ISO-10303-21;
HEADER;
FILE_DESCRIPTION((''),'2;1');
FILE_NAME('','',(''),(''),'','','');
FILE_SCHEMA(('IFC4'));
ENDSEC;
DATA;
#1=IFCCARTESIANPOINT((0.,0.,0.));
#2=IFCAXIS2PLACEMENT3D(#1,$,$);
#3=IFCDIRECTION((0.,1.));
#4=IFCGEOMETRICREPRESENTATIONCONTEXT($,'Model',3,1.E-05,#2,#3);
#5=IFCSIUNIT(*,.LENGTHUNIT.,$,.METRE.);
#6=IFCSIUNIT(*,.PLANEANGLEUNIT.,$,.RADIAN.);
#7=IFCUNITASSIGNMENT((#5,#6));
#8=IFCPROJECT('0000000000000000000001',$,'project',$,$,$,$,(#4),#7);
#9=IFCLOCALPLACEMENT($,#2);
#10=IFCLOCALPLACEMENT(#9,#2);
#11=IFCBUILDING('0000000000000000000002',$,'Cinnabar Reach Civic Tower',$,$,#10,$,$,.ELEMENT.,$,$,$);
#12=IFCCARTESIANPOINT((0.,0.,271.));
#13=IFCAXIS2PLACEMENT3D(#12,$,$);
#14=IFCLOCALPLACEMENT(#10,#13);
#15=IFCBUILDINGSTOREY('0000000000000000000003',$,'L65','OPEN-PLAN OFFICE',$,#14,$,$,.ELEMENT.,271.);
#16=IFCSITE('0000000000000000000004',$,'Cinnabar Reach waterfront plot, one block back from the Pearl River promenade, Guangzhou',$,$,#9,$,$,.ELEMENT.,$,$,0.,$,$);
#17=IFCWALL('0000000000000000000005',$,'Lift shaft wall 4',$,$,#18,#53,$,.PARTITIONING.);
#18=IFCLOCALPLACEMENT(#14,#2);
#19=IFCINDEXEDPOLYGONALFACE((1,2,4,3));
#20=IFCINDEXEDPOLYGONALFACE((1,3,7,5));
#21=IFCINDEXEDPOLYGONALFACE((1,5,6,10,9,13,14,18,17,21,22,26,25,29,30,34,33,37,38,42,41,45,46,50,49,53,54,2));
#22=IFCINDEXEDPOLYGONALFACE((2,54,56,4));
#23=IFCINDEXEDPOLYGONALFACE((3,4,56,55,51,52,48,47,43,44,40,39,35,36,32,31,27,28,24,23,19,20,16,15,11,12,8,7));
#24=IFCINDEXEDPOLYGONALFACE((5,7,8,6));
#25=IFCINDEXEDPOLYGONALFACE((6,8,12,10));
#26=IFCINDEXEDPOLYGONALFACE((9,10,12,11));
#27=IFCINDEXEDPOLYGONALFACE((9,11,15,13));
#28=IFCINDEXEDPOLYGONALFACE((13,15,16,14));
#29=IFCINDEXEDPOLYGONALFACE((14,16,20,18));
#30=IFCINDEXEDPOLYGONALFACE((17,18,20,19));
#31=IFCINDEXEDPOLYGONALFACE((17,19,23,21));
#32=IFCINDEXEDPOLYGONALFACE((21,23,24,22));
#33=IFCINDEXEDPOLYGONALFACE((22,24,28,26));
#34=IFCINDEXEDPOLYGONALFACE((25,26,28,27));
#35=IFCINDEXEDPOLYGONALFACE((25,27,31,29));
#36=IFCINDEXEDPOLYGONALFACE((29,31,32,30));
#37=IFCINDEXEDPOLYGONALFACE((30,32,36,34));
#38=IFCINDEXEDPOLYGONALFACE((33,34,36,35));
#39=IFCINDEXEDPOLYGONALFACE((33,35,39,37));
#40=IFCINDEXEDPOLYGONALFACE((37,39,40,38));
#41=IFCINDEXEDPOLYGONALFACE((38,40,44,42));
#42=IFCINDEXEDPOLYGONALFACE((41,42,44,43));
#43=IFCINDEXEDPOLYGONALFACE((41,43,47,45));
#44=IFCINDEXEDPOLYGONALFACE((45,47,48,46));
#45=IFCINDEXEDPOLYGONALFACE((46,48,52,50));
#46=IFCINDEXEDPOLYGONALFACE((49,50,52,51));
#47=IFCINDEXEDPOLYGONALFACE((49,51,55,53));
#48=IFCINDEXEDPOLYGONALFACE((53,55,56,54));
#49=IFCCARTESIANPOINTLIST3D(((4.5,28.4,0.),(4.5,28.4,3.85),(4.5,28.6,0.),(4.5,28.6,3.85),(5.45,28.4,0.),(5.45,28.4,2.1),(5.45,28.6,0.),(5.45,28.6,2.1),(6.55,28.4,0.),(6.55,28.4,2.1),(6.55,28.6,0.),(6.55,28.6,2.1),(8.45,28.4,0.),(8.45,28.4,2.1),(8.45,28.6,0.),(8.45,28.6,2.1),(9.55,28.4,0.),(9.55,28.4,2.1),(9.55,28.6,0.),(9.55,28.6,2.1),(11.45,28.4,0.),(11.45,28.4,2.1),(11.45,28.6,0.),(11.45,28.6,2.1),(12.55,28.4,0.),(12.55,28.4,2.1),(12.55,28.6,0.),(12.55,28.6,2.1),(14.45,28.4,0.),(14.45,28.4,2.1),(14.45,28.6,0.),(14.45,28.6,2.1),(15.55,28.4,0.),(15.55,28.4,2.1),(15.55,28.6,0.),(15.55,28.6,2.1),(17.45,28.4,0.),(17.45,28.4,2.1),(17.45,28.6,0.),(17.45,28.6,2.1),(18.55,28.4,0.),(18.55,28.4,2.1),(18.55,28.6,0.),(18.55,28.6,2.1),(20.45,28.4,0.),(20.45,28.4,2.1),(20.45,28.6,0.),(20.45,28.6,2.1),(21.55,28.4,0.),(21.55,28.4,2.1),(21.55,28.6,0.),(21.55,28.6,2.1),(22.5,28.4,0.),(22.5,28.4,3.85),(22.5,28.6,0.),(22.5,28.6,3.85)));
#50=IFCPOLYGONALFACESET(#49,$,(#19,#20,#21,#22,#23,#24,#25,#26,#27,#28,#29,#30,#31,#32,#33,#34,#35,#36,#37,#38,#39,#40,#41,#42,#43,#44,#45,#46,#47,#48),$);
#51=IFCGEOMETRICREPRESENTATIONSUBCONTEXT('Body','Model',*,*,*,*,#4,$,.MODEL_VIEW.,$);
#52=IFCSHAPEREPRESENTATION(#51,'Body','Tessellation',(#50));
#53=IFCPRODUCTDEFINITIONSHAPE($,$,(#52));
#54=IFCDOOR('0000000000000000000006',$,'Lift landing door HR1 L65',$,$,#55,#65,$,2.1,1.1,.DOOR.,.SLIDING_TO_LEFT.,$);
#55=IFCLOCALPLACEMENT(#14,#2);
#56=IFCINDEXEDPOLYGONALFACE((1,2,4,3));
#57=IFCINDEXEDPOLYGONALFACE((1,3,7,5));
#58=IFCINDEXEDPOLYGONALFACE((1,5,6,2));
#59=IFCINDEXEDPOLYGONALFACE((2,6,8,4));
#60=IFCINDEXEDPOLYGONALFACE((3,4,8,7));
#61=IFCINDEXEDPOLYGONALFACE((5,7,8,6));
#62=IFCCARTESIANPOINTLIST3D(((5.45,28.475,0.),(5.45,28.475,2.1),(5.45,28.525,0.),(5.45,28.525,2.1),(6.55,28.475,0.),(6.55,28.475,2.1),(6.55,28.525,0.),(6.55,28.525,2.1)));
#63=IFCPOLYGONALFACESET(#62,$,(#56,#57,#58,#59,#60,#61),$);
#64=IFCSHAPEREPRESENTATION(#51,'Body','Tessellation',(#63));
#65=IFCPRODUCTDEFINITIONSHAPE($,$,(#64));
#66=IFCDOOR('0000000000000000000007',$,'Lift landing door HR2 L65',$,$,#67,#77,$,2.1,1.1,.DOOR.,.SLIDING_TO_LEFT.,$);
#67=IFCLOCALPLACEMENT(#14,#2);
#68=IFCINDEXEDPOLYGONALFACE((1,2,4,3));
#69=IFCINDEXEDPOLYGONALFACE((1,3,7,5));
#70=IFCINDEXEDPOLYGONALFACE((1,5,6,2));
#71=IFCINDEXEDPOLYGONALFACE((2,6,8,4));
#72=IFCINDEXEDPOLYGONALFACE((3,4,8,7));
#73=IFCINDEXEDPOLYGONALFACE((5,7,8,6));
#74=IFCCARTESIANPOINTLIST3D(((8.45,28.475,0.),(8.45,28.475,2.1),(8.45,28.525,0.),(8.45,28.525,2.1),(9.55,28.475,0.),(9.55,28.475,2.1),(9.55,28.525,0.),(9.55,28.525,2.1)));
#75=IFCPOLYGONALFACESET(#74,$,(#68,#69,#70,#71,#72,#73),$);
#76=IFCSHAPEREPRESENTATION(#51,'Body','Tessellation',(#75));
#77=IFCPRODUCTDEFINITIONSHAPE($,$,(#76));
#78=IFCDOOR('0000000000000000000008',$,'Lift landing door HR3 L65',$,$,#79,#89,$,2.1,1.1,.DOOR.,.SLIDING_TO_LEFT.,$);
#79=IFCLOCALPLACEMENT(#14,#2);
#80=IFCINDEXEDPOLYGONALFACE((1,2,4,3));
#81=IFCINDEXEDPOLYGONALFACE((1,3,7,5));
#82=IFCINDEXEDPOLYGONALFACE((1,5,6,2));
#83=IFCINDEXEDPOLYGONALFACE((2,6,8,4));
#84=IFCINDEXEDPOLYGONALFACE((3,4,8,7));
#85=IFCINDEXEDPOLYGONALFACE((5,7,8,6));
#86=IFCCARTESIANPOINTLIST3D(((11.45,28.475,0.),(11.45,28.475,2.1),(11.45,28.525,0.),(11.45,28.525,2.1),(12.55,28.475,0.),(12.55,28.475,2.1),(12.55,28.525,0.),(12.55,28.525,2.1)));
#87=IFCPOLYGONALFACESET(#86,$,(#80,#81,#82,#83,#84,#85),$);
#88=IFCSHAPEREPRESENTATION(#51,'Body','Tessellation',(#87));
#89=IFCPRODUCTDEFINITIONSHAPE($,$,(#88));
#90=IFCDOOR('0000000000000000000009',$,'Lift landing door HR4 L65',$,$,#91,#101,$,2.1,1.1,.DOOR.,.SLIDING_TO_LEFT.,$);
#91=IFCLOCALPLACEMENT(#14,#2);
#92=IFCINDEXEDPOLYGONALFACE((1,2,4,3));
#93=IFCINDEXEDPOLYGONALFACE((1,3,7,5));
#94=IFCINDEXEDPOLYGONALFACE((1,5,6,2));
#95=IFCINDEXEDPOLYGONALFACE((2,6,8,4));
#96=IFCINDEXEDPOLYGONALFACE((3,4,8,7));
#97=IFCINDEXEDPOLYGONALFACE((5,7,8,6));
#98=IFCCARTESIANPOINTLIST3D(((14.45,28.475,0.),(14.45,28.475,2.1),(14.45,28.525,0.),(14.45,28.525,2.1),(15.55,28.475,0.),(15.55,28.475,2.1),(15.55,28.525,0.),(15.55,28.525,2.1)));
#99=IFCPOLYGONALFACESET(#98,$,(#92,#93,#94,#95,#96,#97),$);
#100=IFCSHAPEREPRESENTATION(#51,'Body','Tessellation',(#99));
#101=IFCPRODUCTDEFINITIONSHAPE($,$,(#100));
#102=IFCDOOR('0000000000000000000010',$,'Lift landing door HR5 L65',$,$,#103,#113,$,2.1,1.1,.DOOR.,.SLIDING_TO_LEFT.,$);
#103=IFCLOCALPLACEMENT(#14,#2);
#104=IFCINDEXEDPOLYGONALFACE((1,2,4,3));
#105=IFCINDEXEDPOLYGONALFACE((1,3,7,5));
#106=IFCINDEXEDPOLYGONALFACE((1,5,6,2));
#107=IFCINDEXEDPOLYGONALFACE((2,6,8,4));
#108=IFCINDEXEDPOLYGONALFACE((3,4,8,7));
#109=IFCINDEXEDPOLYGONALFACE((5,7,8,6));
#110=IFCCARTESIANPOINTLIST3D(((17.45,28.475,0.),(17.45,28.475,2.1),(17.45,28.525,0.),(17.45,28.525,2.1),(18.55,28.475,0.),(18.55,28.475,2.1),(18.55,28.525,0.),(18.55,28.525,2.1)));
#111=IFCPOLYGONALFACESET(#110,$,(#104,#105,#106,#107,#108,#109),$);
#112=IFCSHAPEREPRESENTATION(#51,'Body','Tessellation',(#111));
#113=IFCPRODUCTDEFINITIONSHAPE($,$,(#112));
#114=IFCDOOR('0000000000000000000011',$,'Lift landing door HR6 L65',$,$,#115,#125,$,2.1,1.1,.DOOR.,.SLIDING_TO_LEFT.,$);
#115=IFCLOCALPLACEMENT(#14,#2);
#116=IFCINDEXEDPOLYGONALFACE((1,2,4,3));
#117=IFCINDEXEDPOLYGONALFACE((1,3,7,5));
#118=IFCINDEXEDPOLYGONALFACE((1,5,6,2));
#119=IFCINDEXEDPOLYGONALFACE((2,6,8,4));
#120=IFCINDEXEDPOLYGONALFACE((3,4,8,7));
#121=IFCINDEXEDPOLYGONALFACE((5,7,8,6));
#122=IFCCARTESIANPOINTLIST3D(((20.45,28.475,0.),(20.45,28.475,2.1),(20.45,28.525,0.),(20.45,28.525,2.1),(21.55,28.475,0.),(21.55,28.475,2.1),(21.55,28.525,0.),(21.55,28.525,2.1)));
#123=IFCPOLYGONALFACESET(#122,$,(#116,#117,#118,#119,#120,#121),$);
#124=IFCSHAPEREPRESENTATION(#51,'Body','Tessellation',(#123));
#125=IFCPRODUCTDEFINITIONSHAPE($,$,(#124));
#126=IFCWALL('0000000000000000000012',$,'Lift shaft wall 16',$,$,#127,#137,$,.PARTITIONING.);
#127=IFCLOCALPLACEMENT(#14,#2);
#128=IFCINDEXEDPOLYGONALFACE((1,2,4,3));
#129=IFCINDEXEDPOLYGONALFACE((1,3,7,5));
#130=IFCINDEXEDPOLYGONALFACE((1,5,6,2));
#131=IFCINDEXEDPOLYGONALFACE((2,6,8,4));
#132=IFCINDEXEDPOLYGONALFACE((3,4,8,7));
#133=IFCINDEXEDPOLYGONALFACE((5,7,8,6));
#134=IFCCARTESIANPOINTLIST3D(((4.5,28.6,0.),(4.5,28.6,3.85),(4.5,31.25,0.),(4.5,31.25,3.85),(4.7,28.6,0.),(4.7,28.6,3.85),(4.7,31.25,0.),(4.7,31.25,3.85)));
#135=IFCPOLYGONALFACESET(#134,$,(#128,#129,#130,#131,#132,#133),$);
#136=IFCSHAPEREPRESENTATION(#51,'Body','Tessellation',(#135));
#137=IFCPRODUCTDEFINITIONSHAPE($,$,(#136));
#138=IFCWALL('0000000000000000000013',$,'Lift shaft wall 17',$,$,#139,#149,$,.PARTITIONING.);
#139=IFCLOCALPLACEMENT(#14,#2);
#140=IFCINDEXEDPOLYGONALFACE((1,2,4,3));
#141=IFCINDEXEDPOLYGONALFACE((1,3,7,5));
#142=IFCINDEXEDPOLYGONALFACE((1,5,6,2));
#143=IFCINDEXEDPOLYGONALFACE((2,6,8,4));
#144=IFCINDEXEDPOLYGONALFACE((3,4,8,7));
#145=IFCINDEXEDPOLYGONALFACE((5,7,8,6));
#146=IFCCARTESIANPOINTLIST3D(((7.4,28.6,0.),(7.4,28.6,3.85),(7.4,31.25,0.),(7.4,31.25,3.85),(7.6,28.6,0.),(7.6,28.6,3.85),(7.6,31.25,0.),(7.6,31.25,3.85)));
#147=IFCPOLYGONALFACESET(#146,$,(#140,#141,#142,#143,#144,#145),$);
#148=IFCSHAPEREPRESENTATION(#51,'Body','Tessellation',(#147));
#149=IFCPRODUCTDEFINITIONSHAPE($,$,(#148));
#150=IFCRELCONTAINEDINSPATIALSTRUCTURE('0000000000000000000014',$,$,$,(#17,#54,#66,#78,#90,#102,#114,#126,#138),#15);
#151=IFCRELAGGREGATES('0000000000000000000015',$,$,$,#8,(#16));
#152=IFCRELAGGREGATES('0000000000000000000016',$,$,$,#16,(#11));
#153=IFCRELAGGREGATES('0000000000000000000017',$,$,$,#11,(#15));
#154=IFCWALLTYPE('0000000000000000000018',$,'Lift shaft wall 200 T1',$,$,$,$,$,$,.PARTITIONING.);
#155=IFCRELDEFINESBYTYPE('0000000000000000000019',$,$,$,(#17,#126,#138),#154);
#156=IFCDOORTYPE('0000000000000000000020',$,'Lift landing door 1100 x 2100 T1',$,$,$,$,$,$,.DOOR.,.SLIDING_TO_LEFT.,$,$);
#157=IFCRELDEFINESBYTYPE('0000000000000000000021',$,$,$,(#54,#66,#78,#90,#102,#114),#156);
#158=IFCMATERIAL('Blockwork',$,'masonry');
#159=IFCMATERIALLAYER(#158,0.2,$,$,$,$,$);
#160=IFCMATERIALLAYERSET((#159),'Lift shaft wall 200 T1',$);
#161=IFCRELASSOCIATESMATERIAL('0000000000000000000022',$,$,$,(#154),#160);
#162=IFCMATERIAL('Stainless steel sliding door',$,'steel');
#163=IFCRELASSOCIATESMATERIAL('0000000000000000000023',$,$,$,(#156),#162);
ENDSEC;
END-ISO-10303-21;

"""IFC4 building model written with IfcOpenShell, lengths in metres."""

from ifc_helpers import new_model, si_unit, direction, frame, frame_2d, origin, place, context, subcontext, project, spatial, rectangle, extrude, material, layer, layer_set, type_object, element, fill, save


model = new_model("IFC4")

# Units and contexts
model_context = context("Model", 3, precision=1e-05, world=origin(), true_north=direction((0.0, 1.0)))
body_context = subcontext(model_context, "Body", "Model", "MODEL_VIEW")
ifc_project = project(units=[si_unit("LENGTHUNIT", "METRE"), si_unit("PLANEANGLEUNIT", "RADIAN")], contexts=[model_context])

# Site, building, storey
site_placement = place(None, origin())
site = spatial("IfcSite", under=ifc_project, at=site_placement, Name="Cinnabar Reach waterfront plot, one block back from the Pearl River promenade, Guangzhou", CompositionType="ELEMENT", RefElevation=0.0)
building_placement = place(site_placement, origin())
building = spatial("IfcBuilding", under=site, at=building_placement, Name="Cinnabar Reach Civic Tower", CompositionType="ELEMENT")
storey_placement = place(building_placement, frame((0.0, 0.0, 271.0)))
storey = spatial("IfcBuildingStorey", under=building, at=storey_placement, Name="L65", Description="OPEN-PLAN OFFICE", CompositionType="ELEMENT", Elevation=271.0)

# Wall, openings, doors
ifc_material_1 = material(Name="Blockwork", Category="masonry")
ifc_layer_1 = layer(ifc_material_1, 0.2)
ifc_layer_set_1 = layer_set([ifc_layer_1], Name="Lift shaft wall 200 T1")
wall_type_1 = type_object("IfcWallType", Name="Lift shaft wall 200 T1", PredefinedType="PARTITIONING", material=ifc_layer_set_1)
wall_1_placement = place(storey_placement, frame((4.5, 28.5, 0.0), z_axis=(0.0, 0.0, 1.0), x_axis=(1.0, 0.0, 0.0)))
wall_1 = element("IfcWall", 1, at=wall_1_placement, inside=storey, type_object=wall_type_1, Name="Lift shaft wall 4", PredefinedType="PARTITIONING", context=body_context, shape_type="SweptSolid", body=[
    extrude(rectangle(XDim=18.0, YDim=0.2, at=frame_2d((9.0, 0.0))), origin(), (0.0, 0.0, 1.0), 3.85),
])
opening_1_placement = place(wall_1_placement, frame((0.95, 0.0, 0.0)))
opening_1 = element("IfcOpeningElement", 2, at=opening_1_placement, cuts=wall_1, PredefinedType="OPENING", context=body_context, shape_type="SweptSolid", body=[
    extrude(rectangle(XDim=1.1, YDim=2.1, at=frame_2d((0.55, 1.05))), frame((0.0, 0.11, 0.0), z_axis=(0.0, -1.0, 0.0), x_axis=(1.0, 0.0, 0.0)), (0.0, 0.0, 1.0), 0.22),
])
opening_2_placement = place(wall_1_placement, frame((3.95, 0.0, 0.0)))
opening_2 = element("IfcOpeningElement", 3, at=opening_2_placement, cuts=wall_1, PredefinedType="OPENING", context=body_context, shape_type="SweptSolid", body=[
    extrude(rectangle(XDim=1.1, YDim=2.1, at=frame_2d((0.55, 1.05))), frame((0.0, 0.11, 0.0), z_axis=(0.0, -1.0, 0.0), x_axis=(1.0, 0.0, 0.0)), (0.0, 0.0, 1.0), 0.22),
])
opening_3_placement = place(wall_1_placement, frame((6.95, 0.0, 0.0)))
opening_3 = element("IfcOpeningElement", 4, at=opening_3_placement, cuts=wall_1, PredefinedType="OPENING", context=body_context, shape_type="SweptSolid", body=[
    extrude(rectangle(XDim=1.1, YDim=2.1, at=frame_2d((0.55, 1.05))), frame((0.0, 0.11, 0.0), z_axis=(0.0, -1.0, 0.0), x_axis=(1.0, 0.0, 0.0)), (0.0, 0.0, 1.0), 0.22),
])
opening_4_placement = place(wall_1_placement, frame((9.95, 0.0, 0.0)))
opening_4 = element("IfcOpeningElement", 5, at=opening_4_placement, cuts=wall_1, PredefinedType="OPENING", context=body_context, shape_type="SweptSolid", body=[
    extrude(rectangle(XDim=1.1, YDim=2.1, at=frame_2d((0.55, 1.05))), frame((0.0, 0.11, 0.0), z_axis=(0.0, -1.0, 0.0), x_axis=(1.0, 0.0, 0.0)), (0.0, 0.0, 1.0), 0.22),
])
opening_5_placement = place(wall_1_placement, frame((12.95, 0.0, 0.0)))
opening_5 = element("IfcOpeningElement", 6, at=opening_5_placement, cuts=wall_1, PredefinedType="OPENING", context=body_context, shape_type="SweptSolid", body=[
    extrude(rectangle(XDim=1.1, YDim=2.1, at=frame_2d((0.55, 1.05))), frame((0.0, 0.11, 0.0), z_axis=(0.0, -1.0, 0.0), x_axis=(1.0, 0.0, 0.0)), (0.0, 0.0, 1.0), 0.22),
])
opening_6_placement = place(wall_1_placement, frame((15.95, 0.0, 0.0)))
opening_6 = element("IfcOpeningElement", 7, at=opening_6_placement, cuts=wall_1, PredefinedType="OPENING", context=body_context, shape_type="SweptSolid", body=[
    extrude(rectangle(XDim=1.1, YDim=2.1, at=frame_2d((0.55, 1.05))), frame((0.0, 0.11, 0.0), z_axis=(0.0, -1.0, 0.0), x_axis=(1.0, 0.0, 0.0)), (0.0, 0.0, 1.0), 0.22),
])
ifc_material_2 = material(Name="Stainless steel sliding door", Category="steel")
door_type_1 = type_object("IfcDoorType", Name="Lift landing door 1100 x 2100 T1", OperationType="SLIDING_TO_LEFT", PredefinedType="DOOR", material=ifc_material_2)
door_1_placement = place(opening_1_placement, origin())
door_1 = element("IfcDoor", 8, at=door_1_placement, inside=storey, type_object=door_type_1, Name="Lift landing door HR1 L65", OperationType="SLIDING_TO_LEFT", OverallHeight=2.1, OverallWidth=1.1, PredefinedType="DOOR", context=body_context, shape_type="SweptSolid", body=[
    extrude(rectangle(XDim=1.1, YDim=2.1, at=frame_2d((0.55, 1.05))), frame((0.0, 0.025, 0.0), z_axis=(0.0, -1.0, 0.0), x_axis=(1.0, 0.0, 0.0)), (0.0, 0.0, 1.0), 0.05),
])
fill(opening_1, door_1)
door_2_placement = place(opening_2_placement, origin())
door_2 = element("IfcDoor", 9, at=door_2_placement, inside=storey, type_object=door_type_1, Name="Lift landing door HR2 L65", OperationType="SLIDING_TO_LEFT", OverallHeight=2.1, OverallWidth=1.1, PredefinedType="DOOR", context=body_context, shape_type="SweptSolid", body=[
    extrude(rectangle(XDim=1.1, YDim=2.1, at=frame_2d((0.55, 1.05))), frame((0.0, 0.025, 0.0), z_axis=(0.0, -1.0, 0.0), x_axis=(1.0, 0.0, 0.0)), (0.0, 0.0, 1.0), 0.05),
])
fill(opening_2, door_2)
door_3_placement = place(opening_3_placement, origin())
door_3 = element("IfcDoor", 10, at=door_3_placement, inside=storey, type_object=door_type_1, Name="Lift landing door HR3 L65", OperationType="SLIDING_TO_LEFT", OverallHeight=2.1, OverallWidth=1.1, PredefinedType="DOOR", context=body_context, shape_type="SweptSolid", body=[
    extrude(rectangle(XDim=1.1, YDim=2.1, at=frame_2d((0.55, 1.05))), frame((0.0, 0.025, 0.0), z_axis=(0.0, -1.0, 0.0), x_axis=(1.0, 0.0, 0.0)), (0.0, 0.0, 1.0), 0.05),
])
fill(opening_3, door_3)
door_4_placement = place(opening_4_placement, origin())
door_4 = element("IfcDoor", 11, at=door_4_placement, inside=storey, type_object=door_type_1, Name="Lift landing door HR4 L65", OperationType="SLIDING_TO_LEFT", OverallHeight=2.1, OverallWidth=1.1, PredefinedType="DOOR", context=body_context, shape_type="SweptSolid", body=[
    extrude(rectangle(XDim=1.1, YDim=2.1, at=frame_2d((0.55, 1.05))), frame((0.0, 0.025, 0.0), z_axis=(0.0, -1.0, 0.0), x_axis=(1.0, 0.0, 0.0)), (0.0, 0.0, 1.0), 0.05),
])
fill(opening_4, door_4)
door_5_placement = place(opening_5_placement, origin())
door_5 = element("IfcDoor", 12, at=door_5_placement, inside=storey, type_object=door_type_1, Name="Lift landing door HR5 L65", OperationType="SLIDING_TO_LEFT", OverallHeight=2.1, OverallWidth=1.1, PredefinedType="DOOR", context=body_context, shape_type="SweptSolid", body=[
    extrude(rectangle(XDim=1.1, YDim=2.1, at=frame_2d((0.55, 1.05))), frame((0.0, 0.025, 0.0), z_axis=(0.0, -1.0, 0.0), x_axis=(1.0, 0.0, 0.0)), (0.0, 0.0, 1.0), 0.05),
])
fill(opening_5, door_5)
door_6_placement = place(opening_6_placement, origin())
door_6 = element("IfcDoor", 13, at=door_6_placement, inside=storey, type_object=door_type_1, Name="Lift landing door HR6 L65", OperationType="SLIDING_TO_LEFT", OverallHeight=2.1, OverallWidth=1.1, PredefinedType="DOOR", context=body_context, shape_type="SweptSolid", body=[
    extrude(rectangle(XDim=1.1, YDim=2.1, at=frame_2d((0.55, 1.05))), frame((0.0, 0.025, 0.0), z_axis=(0.0, -1.0, 0.0), x_axis=(1.0, 0.0, 0.0)), (0.0, 0.0, 1.0), 0.05),
])
fill(opening_6, door_6)

# Walls
for number, where, z_axis, x_axis, name in (
    (14, (4.6, 28.6, 0.0), (0.0, 0.0, 1.0), (0.0, 1.0, 0.0), "Lift shaft wall 16"),
    (15, (7.5, 28.6, 0.0), (0.0, 0.0, 1.0), (0.0, 1.0, 0.0), "Lift shaft wall 17"),
):
    element("IfcWall", number, at=place(storey_placement, frame(where, z_axis=z_axis, x_axis=x_axis)), inside=storey, type_object=wall_type_1, Name=name, PredefinedType="PARTITIONING", context=body_context, shape_type="SweptSolid", body=[
        extrude(rectangle(XDim=2.65, YDim=0.2, at=frame_2d((1.325, 0.0))), origin(), (0.0, 0.0, 1.0), 3.85),
    ])

save(model, "model.ifc")
